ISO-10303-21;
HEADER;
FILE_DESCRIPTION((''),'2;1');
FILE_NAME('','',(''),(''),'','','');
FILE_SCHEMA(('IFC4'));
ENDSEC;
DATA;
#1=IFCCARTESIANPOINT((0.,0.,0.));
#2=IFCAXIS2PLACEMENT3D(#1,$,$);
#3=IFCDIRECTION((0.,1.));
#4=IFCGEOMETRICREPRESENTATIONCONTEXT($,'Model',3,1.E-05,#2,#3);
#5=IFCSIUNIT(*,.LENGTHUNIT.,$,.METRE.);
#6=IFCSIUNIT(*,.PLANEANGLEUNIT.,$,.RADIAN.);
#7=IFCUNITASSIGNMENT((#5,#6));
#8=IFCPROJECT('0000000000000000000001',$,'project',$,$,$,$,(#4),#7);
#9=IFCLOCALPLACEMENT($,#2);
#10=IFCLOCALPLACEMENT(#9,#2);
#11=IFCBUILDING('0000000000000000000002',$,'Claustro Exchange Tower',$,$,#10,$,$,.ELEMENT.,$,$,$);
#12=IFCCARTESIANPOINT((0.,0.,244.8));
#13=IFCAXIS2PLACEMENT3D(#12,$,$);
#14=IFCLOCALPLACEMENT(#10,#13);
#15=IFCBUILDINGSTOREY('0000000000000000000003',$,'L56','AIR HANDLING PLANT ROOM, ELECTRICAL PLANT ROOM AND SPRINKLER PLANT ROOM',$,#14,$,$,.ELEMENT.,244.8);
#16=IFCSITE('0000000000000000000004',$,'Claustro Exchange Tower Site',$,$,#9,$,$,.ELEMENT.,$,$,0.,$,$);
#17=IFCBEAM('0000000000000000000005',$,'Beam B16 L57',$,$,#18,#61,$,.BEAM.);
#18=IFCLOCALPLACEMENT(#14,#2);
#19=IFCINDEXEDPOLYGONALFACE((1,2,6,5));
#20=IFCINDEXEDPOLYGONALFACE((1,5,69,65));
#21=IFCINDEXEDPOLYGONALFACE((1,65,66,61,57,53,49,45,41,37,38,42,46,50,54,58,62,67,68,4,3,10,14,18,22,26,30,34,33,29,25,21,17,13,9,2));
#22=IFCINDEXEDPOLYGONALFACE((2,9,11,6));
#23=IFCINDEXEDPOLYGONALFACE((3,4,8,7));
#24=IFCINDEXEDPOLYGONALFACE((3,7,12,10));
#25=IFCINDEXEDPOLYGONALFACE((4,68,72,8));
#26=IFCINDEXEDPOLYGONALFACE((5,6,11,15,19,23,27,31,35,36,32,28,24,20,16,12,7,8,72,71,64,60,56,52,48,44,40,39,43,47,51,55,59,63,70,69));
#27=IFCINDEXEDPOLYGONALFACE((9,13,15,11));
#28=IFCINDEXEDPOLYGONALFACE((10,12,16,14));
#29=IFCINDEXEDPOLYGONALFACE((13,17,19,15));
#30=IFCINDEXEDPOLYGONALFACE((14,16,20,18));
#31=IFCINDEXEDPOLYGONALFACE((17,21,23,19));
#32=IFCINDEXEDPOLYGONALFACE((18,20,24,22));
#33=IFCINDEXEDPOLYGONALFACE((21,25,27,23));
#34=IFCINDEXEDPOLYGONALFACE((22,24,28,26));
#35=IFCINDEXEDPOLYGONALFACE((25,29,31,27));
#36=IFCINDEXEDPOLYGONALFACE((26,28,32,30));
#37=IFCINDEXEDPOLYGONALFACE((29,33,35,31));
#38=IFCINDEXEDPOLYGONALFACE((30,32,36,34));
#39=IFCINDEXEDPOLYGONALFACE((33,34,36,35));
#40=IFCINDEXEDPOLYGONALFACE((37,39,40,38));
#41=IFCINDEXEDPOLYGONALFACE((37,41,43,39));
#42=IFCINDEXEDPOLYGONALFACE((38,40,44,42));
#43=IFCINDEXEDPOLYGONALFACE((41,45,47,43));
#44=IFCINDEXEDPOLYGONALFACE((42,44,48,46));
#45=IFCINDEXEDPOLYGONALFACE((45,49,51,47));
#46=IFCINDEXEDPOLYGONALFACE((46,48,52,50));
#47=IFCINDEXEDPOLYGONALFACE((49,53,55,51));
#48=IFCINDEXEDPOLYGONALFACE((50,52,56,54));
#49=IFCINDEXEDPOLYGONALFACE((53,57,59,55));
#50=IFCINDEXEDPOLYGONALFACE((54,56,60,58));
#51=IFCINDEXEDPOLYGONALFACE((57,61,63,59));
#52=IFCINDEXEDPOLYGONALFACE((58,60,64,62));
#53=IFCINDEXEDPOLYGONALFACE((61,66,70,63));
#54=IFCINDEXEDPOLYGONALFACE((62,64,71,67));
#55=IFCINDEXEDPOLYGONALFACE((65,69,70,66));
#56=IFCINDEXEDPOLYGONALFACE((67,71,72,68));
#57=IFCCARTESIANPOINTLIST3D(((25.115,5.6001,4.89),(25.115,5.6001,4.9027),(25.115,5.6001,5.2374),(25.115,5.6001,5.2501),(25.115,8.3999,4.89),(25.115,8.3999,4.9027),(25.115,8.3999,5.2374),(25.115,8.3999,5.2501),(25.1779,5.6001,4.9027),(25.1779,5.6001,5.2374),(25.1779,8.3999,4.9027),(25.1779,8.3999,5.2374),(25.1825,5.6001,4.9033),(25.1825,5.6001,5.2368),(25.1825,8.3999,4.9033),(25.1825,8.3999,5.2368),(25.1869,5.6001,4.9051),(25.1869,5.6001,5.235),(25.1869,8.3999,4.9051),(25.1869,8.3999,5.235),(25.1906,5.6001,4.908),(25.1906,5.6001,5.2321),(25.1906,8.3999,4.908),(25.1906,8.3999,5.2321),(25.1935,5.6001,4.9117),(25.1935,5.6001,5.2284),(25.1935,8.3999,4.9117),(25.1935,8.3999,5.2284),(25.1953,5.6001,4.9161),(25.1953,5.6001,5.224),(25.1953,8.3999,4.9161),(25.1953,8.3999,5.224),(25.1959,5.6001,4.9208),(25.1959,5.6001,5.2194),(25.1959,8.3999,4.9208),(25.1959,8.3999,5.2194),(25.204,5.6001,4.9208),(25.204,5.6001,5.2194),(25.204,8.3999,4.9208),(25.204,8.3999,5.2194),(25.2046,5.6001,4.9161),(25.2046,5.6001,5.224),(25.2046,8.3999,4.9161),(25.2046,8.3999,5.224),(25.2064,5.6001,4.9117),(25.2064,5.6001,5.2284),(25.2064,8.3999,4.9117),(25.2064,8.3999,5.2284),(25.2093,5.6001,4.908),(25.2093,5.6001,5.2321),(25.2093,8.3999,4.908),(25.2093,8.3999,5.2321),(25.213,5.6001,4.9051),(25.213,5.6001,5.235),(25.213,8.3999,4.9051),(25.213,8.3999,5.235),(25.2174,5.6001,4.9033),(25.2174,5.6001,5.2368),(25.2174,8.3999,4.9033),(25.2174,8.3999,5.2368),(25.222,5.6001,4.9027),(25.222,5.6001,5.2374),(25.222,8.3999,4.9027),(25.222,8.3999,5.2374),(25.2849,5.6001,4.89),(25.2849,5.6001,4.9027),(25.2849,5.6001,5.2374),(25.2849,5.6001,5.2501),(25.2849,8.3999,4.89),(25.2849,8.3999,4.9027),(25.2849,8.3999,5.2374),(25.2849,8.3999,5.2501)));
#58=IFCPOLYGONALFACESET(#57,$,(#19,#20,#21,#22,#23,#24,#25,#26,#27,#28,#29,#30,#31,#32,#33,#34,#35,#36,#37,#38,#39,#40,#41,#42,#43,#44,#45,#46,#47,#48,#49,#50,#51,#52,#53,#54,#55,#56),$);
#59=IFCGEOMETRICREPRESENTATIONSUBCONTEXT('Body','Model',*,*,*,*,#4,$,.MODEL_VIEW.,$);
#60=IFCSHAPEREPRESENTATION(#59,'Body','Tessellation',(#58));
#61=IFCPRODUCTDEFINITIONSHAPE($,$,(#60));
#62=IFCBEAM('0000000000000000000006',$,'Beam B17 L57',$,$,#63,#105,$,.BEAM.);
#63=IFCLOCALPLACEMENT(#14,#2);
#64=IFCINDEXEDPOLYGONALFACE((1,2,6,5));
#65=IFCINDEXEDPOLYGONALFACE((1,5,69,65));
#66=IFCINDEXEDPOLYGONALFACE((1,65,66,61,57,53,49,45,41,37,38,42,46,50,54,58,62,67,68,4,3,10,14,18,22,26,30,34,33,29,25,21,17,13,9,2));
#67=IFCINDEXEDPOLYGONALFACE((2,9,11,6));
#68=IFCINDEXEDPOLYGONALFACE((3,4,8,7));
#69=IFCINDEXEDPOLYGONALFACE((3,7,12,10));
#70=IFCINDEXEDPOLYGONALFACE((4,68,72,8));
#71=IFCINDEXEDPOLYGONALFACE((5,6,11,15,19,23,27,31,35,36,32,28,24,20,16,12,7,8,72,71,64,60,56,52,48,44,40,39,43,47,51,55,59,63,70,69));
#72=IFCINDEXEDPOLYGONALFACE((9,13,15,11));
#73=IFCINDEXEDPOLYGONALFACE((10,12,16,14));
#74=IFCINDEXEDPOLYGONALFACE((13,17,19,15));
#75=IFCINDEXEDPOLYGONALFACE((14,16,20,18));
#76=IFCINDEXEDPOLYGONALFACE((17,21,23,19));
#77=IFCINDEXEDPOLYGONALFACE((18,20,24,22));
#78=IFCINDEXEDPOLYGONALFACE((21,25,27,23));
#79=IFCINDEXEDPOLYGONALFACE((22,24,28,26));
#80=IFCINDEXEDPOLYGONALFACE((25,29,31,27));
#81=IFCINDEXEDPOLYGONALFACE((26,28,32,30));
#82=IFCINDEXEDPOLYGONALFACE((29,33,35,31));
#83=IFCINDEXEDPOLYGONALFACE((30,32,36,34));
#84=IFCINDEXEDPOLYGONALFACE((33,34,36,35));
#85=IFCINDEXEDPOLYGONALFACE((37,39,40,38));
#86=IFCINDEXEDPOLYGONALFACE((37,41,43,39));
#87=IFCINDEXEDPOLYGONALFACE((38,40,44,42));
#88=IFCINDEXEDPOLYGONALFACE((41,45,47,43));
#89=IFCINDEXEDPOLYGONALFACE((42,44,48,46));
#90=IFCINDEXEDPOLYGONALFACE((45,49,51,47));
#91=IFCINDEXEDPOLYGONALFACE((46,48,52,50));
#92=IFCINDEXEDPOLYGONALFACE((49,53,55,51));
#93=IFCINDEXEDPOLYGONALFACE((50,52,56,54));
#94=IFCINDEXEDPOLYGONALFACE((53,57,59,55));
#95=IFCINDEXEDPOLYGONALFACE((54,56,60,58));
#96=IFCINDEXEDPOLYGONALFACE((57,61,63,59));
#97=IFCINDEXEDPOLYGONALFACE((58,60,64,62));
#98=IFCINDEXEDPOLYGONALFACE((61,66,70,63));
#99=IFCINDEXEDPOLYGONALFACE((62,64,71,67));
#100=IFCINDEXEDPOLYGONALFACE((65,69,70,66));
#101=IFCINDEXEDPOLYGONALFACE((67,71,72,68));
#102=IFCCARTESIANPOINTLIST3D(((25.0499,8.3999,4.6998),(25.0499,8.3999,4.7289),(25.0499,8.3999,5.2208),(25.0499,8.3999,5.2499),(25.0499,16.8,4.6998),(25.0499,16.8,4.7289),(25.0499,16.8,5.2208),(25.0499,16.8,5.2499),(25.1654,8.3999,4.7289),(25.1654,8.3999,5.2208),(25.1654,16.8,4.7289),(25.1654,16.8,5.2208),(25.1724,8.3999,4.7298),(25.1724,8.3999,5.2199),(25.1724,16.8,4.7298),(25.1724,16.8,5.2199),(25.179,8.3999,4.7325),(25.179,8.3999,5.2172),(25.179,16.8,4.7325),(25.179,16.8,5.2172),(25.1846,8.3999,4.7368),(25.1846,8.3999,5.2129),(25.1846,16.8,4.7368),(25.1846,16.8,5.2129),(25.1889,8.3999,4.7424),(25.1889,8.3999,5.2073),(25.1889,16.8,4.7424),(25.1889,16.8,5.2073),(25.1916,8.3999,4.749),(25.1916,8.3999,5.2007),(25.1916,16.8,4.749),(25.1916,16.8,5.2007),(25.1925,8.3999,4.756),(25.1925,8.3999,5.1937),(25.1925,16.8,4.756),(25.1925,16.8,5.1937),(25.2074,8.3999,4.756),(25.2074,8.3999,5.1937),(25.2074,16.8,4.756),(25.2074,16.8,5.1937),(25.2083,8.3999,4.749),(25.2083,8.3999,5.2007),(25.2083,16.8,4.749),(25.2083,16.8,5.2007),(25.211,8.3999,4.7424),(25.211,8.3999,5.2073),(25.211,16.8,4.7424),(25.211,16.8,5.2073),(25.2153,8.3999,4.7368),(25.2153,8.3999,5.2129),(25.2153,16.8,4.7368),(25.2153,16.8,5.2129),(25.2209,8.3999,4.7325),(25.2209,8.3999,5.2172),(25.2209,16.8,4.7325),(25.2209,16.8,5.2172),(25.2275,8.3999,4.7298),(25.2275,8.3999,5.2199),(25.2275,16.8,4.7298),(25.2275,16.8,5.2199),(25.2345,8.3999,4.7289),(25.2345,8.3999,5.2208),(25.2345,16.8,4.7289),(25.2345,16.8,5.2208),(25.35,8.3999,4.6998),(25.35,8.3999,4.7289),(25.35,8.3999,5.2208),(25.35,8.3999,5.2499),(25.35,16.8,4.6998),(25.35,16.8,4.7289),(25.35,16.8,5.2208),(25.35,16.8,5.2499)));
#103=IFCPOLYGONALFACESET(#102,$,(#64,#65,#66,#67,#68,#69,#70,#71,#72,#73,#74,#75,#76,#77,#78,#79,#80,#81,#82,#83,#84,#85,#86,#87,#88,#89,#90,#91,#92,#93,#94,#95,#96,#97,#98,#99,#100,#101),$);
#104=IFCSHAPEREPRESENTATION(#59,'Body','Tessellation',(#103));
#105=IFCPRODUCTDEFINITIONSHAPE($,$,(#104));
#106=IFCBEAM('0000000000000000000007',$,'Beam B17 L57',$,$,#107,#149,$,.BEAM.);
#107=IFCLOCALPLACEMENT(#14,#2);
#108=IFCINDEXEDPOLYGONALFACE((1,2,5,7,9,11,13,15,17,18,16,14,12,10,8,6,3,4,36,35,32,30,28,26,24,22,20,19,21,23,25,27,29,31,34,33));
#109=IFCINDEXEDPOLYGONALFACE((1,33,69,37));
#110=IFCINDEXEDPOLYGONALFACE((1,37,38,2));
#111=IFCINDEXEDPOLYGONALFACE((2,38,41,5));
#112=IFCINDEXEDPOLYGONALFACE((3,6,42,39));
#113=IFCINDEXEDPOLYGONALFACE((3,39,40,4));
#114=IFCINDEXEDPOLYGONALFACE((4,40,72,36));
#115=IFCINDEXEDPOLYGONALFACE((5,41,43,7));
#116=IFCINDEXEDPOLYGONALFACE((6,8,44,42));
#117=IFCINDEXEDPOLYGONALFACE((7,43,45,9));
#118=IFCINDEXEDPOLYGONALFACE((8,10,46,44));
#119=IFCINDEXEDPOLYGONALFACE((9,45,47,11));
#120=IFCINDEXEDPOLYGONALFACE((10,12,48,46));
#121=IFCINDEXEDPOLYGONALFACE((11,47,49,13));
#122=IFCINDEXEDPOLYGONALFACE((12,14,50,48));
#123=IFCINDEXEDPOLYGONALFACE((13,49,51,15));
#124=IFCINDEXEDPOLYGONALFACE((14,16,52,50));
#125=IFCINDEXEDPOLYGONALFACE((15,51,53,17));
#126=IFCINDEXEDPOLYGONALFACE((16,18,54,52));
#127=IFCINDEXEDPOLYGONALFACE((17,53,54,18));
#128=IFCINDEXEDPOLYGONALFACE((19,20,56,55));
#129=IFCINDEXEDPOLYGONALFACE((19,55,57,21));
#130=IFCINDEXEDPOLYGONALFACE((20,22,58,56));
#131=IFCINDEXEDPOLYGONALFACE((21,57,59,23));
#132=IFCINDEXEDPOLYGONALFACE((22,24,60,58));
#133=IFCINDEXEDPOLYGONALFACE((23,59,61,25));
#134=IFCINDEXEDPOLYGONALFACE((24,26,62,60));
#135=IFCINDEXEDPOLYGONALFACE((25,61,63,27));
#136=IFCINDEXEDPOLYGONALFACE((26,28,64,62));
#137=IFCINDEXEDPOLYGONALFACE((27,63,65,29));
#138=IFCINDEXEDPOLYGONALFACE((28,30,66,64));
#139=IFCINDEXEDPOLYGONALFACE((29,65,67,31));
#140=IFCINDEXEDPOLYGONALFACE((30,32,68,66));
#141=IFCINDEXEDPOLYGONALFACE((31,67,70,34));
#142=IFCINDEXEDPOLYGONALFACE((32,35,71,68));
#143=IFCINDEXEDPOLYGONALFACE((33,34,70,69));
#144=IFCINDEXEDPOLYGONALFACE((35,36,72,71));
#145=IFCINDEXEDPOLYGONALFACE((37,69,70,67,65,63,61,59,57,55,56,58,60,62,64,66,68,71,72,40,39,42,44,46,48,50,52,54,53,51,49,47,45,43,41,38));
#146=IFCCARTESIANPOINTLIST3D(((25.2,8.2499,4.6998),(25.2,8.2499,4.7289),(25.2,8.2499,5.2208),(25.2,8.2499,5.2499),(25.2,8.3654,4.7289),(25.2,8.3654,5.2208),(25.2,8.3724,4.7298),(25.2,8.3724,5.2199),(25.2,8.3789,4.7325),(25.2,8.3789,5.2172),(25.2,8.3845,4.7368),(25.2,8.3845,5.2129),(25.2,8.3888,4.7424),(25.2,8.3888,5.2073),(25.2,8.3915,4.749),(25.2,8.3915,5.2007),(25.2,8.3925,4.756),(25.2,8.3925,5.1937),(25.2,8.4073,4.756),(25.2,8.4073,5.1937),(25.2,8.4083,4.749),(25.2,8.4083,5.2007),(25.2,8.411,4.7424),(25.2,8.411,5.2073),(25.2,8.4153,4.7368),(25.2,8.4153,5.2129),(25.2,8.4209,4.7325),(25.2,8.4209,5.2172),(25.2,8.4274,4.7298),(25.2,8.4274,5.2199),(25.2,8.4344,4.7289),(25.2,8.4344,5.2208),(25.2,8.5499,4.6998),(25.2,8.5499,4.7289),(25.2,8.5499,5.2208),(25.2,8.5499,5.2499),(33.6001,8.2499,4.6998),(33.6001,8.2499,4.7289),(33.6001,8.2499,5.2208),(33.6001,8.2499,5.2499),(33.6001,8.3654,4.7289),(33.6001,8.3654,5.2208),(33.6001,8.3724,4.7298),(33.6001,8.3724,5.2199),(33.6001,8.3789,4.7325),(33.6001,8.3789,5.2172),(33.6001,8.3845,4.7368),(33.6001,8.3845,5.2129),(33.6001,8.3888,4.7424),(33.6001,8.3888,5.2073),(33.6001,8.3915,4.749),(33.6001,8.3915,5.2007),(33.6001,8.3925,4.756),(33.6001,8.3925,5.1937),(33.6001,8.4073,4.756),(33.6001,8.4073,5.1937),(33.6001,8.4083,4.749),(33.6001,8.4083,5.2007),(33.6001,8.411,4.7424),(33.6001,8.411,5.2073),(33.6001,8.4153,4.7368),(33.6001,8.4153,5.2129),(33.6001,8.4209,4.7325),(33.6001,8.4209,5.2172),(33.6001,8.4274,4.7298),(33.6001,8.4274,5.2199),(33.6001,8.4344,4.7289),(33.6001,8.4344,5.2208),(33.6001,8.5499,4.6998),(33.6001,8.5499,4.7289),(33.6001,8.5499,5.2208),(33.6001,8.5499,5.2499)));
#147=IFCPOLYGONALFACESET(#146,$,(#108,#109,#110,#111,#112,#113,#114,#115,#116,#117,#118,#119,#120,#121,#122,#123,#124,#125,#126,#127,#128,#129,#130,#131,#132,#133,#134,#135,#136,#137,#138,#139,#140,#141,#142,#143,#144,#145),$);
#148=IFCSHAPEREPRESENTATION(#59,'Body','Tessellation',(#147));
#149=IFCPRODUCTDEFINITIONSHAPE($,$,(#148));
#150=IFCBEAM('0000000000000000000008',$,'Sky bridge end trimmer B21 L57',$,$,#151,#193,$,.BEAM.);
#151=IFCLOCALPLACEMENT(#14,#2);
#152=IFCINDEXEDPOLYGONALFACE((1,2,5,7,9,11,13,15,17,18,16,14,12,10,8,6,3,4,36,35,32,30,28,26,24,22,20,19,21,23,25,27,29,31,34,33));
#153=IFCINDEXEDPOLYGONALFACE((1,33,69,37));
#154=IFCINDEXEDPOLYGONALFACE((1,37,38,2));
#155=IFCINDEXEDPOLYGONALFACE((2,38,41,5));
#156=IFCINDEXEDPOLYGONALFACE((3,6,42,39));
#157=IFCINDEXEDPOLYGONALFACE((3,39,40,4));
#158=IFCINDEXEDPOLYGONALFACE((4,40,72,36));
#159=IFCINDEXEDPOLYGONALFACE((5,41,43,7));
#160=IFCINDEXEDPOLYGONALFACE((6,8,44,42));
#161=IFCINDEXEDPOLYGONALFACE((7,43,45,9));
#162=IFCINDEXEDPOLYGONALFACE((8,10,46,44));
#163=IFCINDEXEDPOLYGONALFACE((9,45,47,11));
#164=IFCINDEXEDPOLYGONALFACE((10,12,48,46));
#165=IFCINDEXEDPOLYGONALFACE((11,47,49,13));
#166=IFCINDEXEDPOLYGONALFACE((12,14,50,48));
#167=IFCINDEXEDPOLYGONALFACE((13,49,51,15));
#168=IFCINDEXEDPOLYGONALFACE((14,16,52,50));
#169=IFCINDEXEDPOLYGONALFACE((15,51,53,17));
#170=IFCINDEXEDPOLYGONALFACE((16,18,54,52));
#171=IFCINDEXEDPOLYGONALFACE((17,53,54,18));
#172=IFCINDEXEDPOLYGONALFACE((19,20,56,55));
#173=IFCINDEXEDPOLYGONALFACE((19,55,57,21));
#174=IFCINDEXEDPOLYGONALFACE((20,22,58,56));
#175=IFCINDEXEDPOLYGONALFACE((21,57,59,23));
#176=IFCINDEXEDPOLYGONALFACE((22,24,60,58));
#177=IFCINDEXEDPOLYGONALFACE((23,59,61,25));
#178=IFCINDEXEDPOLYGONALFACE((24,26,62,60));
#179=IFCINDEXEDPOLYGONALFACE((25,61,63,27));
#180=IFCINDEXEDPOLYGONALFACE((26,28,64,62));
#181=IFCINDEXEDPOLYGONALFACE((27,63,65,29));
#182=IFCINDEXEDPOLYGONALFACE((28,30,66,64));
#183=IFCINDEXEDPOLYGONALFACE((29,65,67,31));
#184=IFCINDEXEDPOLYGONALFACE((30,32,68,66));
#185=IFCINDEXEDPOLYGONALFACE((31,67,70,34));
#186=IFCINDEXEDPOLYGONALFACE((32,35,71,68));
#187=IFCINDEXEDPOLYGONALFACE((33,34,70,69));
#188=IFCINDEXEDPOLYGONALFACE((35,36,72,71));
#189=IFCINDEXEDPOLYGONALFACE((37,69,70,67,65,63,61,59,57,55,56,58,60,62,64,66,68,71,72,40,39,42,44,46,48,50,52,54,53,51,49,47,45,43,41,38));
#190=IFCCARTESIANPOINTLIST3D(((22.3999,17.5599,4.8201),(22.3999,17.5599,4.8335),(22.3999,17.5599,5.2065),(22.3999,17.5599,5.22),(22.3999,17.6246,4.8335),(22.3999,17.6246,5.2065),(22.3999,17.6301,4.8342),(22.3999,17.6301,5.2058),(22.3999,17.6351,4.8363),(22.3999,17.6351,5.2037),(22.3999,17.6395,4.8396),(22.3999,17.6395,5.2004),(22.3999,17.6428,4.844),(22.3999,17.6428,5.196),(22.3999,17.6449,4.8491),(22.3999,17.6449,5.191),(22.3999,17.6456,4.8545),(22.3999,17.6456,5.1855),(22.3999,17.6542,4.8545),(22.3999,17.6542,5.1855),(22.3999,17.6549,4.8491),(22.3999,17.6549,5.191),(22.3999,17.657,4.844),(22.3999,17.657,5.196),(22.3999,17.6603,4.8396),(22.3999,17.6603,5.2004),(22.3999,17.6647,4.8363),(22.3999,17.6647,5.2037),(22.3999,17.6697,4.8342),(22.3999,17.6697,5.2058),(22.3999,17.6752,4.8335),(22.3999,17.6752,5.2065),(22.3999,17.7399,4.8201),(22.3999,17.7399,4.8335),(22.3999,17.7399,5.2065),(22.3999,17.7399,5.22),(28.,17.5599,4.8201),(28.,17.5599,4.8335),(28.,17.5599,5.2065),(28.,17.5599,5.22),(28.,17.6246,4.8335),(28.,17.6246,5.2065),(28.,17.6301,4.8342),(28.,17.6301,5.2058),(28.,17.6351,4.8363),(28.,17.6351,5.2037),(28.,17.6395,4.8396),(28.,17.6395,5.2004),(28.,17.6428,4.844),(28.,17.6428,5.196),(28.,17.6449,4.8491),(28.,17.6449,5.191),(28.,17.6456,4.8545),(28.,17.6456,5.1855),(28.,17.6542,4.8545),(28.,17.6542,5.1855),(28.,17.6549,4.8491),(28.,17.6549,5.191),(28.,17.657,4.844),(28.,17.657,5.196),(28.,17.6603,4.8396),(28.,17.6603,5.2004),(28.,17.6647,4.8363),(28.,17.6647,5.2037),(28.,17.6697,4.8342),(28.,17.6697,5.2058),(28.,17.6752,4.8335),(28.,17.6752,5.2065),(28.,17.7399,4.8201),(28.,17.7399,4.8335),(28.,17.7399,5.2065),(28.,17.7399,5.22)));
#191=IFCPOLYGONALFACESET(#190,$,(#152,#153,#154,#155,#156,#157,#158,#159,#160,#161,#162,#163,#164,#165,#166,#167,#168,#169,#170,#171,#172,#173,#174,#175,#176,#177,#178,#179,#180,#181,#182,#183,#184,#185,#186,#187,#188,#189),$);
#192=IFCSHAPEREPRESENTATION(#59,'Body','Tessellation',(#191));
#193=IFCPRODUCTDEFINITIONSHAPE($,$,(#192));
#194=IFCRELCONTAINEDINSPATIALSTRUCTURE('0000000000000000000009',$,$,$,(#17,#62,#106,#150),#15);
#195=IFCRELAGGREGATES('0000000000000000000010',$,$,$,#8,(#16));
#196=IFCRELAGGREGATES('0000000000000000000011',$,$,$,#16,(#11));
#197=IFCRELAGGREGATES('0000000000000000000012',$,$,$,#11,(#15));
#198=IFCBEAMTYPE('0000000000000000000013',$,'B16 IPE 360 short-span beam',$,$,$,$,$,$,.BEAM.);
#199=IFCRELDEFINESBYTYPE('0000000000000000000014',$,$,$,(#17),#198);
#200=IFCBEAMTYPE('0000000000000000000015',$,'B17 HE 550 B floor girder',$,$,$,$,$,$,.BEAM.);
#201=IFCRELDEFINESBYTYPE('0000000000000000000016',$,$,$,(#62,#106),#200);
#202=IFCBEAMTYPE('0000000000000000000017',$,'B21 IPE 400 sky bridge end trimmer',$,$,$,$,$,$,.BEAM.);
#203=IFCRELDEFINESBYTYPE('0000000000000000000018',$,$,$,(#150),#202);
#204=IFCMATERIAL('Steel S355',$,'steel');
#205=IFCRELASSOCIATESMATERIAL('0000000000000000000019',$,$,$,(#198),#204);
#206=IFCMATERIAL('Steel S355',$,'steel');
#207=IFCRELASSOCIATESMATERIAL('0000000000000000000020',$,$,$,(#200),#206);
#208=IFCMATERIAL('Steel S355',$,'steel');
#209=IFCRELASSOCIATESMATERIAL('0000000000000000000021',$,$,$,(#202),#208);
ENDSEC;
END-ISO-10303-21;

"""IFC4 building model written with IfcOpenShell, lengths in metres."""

from ifc_helpers import new_model, si_unit, direction, frame, origin, origin_2d, place, context, subcontext, project, spatial, i_section, extrude, material, material_profile, profile_set, type_object, element, save


model = new_model("IFC4")

# Units and contexts
model_context = context("Model", 3, precision=1e-05, world=origin(), true_north=direction((0.0, 1.0)))
body_context = subcontext(model_context, "Body", "Model", "MODEL_VIEW")
ifc_project = project(units=[si_unit("LENGTHUNIT", "METRE"), si_unit("PLANEANGLEUNIT", "RADIAN")], contexts=[model_context])

# Site, building, storey
site_placement = place(None, origin())
site = spatial("IfcSite", under=ifc_project, at=site_placement, Name="Claustro Exchange Tower Site", CompositionType="ELEMENT", RefElevation=0.0)
building_placement = place(site_placement, origin())
building = spatial("IfcBuilding", under=site, at=building_placement, Name="Claustro Exchange Tower", CompositionType="ELEMENT")
storey_placement = place(building_placement, frame((0.0, 0.0, 244.8)))
storey = spatial("IfcBuildingStorey", under=building, at=storey_placement, Name="L56", Description="AIR HANDLING PLANT ROOM, ELECTRICAL PLANT ROOM AND SPRINKLER PLANT ROOM", CompositionType="ELEMENT", Elevation=244.8)

# Beams
ifc_material_1 = material(Name="Steel S355", Category="steel")
ifc_material_profile_1 = material_profile(ifc_material_1, i_section(OverallWidth=0.1699, OverallDepth=0.3601, WebThickness=0.0081, FlangeThickness=0.0127, FilletRadius=0.0181, at=origin_2d()), Name="IPE 360")
ifc_profile_set_1 = profile_set([ifc_material_profile_1], Name="Steel S355")
beam_type_1 = type_object("IfcBeamType", Name="B16 IPE 360 short-span beam", PredefinedType="BEAM", material=ifc_profile_set_1)
beam_1_placement = place(storey_placement, frame((25.2, 5.6001, 5.0701), z_axis=(0.0, 1.0, 0.0), x_axis=(-1.0, 0.0, 0.0)))
element("IfcBeam", 1, at=beam_1_placement, inside=storey, type_object=beam_type_1, Name="Beam B16 L57", PredefinedType="BEAM", context=body_context, shape_type="SweptSolid", body=[
    extrude(i_section(OverallWidth=0.1699, OverallDepth=0.3601, WebThickness=0.0081, FlangeThickness=0.0127, FilletRadius=0.0181, at=origin_2d()), origin(), (0.0, 0.0, 1.0), 2.7998),
])
ifc_material_2 = material(Name="Steel S355", Category="steel")
ifc_material_profile_2 = material_profile(ifc_material_2, i_section(OverallWidth=0.3, OverallDepth=0.55, WebThickness=0.0149, FlangeThickness=0.0291, FilletRadius=0.0271, at=origin_2d()), Name="HE 550 B")
ifc_profile_set_2 = profile_set([ifc_material_profile_2], Name="Steel S355")
beam_type_2 = type_object("IfcBeamType", Name="B17 HE 550 B floor girder", PredefinedType="BEAM", material=ifc_profile_set_2)
for number, where, z_axis, x_axis, name in (
    (2, (25.2, 8.3999, 4.9749), (0.0, 1.0, 0.0), (-1.0, 0.0, 0.0), "Beam B17 L57"),
    (3, (25.2, 8.3999, 4.9749), (1.0, 0.0, 0.0), (0.0, 1.0, 0.0), "Beam B17 L57"),
):
    element("IfcBeam", number, at=place(storey_placement, frame(where, z_axis=z_axis, x_axis=x_axis)), inside=storey, type_object=beam_type_2, Name=name, PredefinedType="BEAM", context=body_context, shape_type="SweptSolid", body=[
        extrude(i_section(OverallWidth=0.3, OverallDepth=0.55, WebThickness=0.0149, FlangeThickness=0.0291, FilletRadius=0.0271, at=origin_2d()), origin(), (0.0, 0.0, 1.0), 8.4001),
    ])
ifc_material_3 = material(Name="Steel S355", Category="steel")
ifc_material_profile_3 = material_profile(ifc_material_3, i_section(OverallWidth=0.1799, OverallDepth=0.3999, WebThickness=0.0085, FlangeThickness=0.0134, FilletRadius=0.021, at=origin_2d()), Name="IPE 400")
ifc_profile_set_3 = profile_set([ifc_material_profile_3], Name="Steel S355")
beam_type_3 = type_object("IfcBeamType", Name="B21 IPE 400 sky bridge end trimmer", PredefinedType="BEAM", material=ifc_profile_set_3)
beam_2_placement = place(storey_placement, frame((22.3999, 17.6499, 5.02), z_axis=(1.0, 0.0, 0.0), x_axis=(0.0, 1.0, 0.0)))
element("IfcBeam", 4, at=beam_2_placement, inside=storey, type_object=beam_type_3, Name="Sky bridge end trimmer B21 L57", PredefinedType="BEAM", context=body_context, shape_type="SweptSolid", body=[
    extrude(i_section(OverallWidth=0.1799, OverallDepth=0.3999, WebThickness=0.0085, FlangeThickness=0.0134, FilletRadius=0.021, at=origin_2d()), origin(), (0.0, 0.0, 1.0), 5.6001),
])

save(model, "model.ifc")
